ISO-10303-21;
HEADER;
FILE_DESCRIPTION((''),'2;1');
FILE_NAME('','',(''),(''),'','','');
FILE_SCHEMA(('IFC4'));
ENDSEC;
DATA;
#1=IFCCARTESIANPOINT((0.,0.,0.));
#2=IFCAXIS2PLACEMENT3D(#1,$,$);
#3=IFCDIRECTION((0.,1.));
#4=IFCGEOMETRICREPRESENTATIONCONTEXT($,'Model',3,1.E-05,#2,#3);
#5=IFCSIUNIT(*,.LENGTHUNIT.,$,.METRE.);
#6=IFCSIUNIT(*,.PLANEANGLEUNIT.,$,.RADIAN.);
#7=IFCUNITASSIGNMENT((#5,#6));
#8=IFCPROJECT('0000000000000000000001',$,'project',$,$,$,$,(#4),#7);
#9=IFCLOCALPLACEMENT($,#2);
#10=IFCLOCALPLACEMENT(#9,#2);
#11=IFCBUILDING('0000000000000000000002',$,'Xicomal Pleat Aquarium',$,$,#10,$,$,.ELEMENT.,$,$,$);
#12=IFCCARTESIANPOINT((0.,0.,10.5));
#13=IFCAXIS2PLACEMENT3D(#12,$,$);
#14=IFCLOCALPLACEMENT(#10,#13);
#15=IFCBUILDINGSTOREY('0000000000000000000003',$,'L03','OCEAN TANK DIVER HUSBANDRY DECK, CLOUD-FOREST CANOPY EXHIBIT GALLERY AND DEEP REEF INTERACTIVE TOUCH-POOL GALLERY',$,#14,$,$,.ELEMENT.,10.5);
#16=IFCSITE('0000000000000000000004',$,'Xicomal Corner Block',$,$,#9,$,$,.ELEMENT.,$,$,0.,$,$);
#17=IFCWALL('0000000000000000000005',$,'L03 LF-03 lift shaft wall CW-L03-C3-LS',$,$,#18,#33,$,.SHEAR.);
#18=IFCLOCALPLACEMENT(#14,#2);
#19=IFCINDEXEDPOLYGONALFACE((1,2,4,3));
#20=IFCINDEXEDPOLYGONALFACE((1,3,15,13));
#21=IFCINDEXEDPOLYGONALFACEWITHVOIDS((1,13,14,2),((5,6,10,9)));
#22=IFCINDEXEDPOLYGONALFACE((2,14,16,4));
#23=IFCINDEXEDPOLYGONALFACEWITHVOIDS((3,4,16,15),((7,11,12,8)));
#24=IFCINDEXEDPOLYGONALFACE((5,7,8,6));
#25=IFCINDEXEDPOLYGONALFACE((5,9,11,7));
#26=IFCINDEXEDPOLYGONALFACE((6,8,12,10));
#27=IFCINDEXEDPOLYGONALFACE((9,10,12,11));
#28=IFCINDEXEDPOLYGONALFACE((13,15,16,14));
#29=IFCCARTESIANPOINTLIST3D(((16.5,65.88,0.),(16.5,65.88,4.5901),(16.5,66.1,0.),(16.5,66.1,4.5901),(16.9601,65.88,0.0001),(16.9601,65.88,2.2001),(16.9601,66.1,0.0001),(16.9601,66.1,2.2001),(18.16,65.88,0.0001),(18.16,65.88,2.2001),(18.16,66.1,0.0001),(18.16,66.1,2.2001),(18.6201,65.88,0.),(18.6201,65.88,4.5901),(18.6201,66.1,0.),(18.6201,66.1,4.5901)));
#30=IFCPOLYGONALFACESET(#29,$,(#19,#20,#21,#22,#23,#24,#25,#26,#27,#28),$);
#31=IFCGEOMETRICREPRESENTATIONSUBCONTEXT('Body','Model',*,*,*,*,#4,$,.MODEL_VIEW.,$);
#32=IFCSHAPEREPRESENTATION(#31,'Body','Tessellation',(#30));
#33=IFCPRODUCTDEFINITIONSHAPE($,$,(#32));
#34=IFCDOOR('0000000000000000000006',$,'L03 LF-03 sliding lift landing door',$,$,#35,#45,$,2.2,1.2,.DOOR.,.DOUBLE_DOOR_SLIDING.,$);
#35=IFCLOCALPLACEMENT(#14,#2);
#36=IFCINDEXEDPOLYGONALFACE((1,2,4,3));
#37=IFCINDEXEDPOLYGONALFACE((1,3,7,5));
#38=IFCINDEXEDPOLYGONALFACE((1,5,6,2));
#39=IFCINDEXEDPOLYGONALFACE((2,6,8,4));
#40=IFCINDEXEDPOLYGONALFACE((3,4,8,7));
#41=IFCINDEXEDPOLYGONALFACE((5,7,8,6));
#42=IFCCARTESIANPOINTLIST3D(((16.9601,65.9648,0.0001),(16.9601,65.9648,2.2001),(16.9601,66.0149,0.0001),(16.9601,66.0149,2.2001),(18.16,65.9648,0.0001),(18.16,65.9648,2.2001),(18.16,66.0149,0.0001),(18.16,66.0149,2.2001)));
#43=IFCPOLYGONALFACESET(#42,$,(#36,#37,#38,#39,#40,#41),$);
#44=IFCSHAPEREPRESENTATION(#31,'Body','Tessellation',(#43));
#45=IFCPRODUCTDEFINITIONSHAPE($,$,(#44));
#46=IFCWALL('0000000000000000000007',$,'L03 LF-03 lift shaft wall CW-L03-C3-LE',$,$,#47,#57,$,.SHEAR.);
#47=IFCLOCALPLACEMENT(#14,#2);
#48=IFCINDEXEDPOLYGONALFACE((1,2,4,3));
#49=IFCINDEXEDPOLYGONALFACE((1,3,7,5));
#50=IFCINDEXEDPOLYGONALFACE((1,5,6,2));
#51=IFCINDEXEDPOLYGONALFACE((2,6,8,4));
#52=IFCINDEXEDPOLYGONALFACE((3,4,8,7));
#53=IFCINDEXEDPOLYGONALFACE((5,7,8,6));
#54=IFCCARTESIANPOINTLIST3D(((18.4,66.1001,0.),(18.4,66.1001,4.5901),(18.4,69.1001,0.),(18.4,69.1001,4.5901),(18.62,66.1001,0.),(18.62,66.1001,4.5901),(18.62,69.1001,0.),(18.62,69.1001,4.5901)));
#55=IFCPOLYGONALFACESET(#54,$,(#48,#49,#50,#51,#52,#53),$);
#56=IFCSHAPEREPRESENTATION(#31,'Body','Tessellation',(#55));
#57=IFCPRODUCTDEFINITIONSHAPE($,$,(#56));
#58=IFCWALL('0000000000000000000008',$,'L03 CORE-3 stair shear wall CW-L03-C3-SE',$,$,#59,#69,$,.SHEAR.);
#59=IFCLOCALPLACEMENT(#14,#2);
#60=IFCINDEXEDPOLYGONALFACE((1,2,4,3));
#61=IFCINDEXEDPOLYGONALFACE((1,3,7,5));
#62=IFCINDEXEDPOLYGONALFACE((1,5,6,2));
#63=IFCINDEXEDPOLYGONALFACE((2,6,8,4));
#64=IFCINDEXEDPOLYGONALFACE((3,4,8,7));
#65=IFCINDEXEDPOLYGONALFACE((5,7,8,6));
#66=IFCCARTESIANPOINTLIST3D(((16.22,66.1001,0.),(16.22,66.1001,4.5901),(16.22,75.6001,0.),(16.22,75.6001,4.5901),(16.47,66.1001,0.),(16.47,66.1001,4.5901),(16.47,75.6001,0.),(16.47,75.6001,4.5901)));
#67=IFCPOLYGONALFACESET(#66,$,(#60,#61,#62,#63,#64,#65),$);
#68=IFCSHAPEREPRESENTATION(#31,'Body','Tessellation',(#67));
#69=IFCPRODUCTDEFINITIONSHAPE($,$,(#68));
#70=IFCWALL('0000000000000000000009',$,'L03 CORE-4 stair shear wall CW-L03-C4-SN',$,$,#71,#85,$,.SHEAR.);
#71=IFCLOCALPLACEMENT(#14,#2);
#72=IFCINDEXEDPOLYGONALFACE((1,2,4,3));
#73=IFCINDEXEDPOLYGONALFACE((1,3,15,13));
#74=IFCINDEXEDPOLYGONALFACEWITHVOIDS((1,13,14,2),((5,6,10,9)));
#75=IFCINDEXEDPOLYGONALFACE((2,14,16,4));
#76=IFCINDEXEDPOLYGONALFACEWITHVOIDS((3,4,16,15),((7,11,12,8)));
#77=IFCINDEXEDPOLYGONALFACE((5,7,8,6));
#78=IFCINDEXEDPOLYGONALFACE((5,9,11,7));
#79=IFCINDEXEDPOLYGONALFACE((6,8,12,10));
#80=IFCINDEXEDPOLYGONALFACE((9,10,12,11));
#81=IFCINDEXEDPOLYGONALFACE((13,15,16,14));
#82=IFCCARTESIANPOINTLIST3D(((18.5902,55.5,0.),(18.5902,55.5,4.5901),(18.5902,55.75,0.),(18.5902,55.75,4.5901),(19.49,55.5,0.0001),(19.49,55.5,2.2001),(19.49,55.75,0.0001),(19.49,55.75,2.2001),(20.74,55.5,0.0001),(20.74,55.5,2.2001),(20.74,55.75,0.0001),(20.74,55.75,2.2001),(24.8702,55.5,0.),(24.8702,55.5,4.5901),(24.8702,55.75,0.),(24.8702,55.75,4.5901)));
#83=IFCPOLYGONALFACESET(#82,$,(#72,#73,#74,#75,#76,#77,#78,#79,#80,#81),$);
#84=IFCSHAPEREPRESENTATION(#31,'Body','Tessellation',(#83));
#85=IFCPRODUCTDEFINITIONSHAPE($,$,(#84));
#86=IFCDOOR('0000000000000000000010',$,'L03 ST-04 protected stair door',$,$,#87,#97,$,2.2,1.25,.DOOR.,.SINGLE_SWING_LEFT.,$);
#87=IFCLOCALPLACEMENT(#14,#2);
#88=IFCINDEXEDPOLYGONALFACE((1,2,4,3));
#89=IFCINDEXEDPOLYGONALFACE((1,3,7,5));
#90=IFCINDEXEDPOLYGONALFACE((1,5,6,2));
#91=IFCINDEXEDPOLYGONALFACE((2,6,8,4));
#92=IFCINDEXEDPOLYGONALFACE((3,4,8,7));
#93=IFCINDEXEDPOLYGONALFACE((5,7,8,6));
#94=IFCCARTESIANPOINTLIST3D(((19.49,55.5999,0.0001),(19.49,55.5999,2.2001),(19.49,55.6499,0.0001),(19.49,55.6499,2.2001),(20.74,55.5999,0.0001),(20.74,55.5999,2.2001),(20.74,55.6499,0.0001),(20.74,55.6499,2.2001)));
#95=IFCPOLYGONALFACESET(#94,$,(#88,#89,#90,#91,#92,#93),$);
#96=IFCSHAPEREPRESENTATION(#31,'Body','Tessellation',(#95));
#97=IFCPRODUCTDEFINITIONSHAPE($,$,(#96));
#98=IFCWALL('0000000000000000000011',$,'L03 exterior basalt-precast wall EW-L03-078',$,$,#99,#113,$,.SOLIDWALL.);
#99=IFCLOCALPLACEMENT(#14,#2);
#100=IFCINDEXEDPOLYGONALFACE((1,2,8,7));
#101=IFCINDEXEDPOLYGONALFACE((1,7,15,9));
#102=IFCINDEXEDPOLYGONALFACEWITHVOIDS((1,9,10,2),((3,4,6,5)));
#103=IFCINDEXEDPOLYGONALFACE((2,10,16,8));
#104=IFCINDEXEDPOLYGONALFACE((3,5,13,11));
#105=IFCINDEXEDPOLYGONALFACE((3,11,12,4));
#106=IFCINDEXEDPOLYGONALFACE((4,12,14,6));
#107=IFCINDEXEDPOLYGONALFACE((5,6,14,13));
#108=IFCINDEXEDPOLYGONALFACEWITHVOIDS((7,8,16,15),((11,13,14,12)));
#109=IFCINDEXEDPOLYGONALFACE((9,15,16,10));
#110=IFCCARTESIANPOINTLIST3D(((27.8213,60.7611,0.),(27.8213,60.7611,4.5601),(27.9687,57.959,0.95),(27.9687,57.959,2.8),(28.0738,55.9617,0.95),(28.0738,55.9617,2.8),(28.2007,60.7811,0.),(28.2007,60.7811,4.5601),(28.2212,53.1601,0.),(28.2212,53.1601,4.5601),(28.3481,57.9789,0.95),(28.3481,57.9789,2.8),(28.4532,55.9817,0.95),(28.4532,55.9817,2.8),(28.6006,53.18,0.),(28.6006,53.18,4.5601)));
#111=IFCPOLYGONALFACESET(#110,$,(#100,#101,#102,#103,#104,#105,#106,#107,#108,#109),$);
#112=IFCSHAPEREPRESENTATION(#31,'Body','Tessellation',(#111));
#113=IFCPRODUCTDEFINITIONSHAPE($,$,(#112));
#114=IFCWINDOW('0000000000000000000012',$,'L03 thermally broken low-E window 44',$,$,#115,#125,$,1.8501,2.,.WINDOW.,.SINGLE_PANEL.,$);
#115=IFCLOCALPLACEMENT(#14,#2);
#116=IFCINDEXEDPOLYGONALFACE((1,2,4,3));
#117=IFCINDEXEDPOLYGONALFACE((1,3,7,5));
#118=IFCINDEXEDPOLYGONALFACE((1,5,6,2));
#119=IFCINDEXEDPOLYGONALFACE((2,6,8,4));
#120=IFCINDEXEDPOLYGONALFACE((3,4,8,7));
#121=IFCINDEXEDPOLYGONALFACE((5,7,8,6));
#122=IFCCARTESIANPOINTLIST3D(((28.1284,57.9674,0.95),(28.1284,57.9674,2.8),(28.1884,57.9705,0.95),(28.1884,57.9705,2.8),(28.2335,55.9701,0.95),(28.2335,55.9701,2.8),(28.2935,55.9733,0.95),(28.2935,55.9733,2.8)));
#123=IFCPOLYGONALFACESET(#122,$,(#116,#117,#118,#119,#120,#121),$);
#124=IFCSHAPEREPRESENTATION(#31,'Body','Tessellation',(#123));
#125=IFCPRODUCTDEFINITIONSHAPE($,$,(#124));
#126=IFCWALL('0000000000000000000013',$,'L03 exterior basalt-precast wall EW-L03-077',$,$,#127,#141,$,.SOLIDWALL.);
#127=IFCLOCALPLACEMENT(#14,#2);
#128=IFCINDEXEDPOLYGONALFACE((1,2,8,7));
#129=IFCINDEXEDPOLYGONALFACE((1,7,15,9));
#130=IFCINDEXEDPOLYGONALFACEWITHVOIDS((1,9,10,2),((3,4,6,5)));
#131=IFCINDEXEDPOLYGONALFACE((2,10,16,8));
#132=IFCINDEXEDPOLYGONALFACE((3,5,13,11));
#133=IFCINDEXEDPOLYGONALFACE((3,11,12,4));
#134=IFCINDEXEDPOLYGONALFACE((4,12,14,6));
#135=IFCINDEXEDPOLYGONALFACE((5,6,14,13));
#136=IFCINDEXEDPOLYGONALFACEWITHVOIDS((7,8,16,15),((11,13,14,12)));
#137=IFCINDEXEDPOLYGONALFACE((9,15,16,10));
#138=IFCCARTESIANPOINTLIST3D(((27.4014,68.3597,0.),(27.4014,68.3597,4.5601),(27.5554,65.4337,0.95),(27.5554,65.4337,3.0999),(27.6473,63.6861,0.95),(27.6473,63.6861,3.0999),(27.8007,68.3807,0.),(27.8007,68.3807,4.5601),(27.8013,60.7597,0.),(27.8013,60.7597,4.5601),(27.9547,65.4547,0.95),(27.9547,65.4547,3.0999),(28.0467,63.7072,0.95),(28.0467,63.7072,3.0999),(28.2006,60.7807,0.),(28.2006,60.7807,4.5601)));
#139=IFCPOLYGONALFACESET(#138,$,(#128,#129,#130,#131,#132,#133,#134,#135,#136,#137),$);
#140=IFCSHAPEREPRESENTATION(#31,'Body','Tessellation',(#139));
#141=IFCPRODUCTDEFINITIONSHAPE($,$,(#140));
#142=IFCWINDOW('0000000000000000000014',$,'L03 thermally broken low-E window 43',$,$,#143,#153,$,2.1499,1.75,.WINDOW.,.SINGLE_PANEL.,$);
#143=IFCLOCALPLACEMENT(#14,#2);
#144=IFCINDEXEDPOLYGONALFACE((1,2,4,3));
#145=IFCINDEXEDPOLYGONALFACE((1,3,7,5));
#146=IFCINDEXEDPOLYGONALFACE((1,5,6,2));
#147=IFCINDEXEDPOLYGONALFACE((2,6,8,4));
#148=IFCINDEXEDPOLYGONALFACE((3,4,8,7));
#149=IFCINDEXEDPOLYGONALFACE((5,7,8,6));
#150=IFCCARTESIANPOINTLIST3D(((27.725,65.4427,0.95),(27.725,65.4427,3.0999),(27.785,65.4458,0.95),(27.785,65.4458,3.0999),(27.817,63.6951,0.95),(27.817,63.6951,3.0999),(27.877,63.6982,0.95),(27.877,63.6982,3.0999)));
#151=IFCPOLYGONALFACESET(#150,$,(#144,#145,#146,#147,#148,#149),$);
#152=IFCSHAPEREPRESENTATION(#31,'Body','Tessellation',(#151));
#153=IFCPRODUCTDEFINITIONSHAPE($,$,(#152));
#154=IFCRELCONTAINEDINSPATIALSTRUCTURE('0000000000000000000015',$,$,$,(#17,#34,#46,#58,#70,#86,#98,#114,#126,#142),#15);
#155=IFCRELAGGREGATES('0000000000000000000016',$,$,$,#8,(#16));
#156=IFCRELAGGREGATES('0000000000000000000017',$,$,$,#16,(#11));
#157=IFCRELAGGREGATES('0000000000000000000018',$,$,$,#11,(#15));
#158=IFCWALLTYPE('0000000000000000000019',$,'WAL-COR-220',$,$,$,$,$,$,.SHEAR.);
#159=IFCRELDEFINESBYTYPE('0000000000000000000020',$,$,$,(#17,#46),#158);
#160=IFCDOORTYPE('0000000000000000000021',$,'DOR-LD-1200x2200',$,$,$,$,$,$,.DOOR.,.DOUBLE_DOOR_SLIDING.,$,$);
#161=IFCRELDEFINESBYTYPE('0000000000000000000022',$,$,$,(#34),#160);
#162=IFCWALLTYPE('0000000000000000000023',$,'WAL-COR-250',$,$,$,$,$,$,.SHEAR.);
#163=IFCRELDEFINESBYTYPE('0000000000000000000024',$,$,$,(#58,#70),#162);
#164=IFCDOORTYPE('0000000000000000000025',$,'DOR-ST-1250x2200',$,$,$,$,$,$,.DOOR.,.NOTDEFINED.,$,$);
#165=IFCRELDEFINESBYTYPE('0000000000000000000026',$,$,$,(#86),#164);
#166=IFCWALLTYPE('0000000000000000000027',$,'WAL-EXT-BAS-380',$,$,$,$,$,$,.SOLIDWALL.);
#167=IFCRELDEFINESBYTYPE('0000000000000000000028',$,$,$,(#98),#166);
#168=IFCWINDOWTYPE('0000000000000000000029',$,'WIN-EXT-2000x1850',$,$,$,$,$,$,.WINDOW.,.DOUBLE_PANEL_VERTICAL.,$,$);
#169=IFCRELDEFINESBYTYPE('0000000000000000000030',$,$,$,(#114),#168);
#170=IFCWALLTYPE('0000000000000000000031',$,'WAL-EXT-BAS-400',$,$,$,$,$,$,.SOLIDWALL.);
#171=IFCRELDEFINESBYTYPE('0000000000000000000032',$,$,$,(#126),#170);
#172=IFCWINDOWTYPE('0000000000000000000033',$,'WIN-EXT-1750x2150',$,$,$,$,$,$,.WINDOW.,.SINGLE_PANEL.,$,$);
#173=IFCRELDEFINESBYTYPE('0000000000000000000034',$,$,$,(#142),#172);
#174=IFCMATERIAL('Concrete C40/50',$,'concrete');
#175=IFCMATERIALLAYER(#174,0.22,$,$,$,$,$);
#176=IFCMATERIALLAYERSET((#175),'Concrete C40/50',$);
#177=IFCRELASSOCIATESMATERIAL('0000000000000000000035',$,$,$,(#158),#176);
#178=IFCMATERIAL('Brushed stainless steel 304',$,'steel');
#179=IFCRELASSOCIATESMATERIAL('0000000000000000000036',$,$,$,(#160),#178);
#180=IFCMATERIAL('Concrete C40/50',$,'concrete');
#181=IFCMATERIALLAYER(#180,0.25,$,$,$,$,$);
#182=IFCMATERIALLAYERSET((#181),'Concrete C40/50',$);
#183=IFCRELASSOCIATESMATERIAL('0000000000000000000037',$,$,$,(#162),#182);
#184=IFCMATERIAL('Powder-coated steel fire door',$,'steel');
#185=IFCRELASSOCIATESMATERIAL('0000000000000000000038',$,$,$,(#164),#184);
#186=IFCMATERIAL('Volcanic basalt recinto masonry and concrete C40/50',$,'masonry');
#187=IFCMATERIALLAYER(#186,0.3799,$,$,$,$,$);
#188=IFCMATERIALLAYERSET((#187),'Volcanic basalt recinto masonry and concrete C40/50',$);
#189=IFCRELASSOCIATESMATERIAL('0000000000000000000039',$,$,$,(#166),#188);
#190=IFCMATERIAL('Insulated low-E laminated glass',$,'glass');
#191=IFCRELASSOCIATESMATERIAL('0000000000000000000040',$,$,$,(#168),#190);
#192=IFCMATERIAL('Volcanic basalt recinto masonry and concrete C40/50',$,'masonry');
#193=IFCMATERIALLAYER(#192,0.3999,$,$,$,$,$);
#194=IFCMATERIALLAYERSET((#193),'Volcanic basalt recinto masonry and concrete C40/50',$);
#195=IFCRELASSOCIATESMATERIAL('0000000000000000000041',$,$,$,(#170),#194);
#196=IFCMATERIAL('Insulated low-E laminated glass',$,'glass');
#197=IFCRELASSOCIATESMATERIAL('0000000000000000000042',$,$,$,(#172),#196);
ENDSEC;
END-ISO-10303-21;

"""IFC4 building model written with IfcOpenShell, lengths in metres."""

from ifc_helpers import new_model, si_unit, direction, frame, frame_2d, origin, place, context, subcontext, project, spatial, rectangle, extrude, material, layer, layer_set, type_object, element, fill, save


model = new_model("IFC4")

# Units and contexts
model_context = context("Model", 3, precision=1e-05, world=origin(), true_north=direction((0.0, 1.0)))
body_context = subcontext(model_context, "Body", "Model", "MODEL_VIEW")
ifc_project = project(units=[si_unit("LENGTHUNIT", "METRE"), si_unit("PLANEANGLEUNIT", "RADIAN")], contexts=[model_context])

# Site, building, storey
site_placement = place(None, origin())
site = spatial("IfcSite", under=ifc_project, at=site_placement, Name="Xicomal Corner Block", CompositionType="ELEMENT", RefElevation=0.0)
building_placement = place(site_placement, origin())
building = spatial("IfcBuilding", under=site, at=building_placement, Name="Xicomal Pleat Aquarium", CompositionType="ELEMENT")
storey_placement = place(building_placement, frame((0.0, 0.0, 10.5)))
storey = spatial("IfcBuildingStorey", under=building, at=storey_placement, Name="L03", Description="OCEAN TANK DIVER HUSBANDRY DECK, CLOUD-FOREST CANOPY EXHIBIT GALLERY AND DEEP REEF INTERACTIVE TOUCH-POOL GALLERY", CompositionType="ELEMENT", Elevation=10.5)

# Wall, opening, door
ifc_material_1 = material(Name="Concrete C40/50", Category="concrete")
ifc_layer_1 = layer(ifc_material_1, 0.22)
ifc_layer_set_1 = layer_set([ifc_layer_1], Name="Concrete C40/50")
wall_type_1 = type_object("IfcWallType", Name="WAL-COR-220", PredefinedType="SHEAR", material=ifc_layer_set_1)
wall_1_placement = place(storey_placement, frame((16.5, 65.99, 0.0), z_axis=(0.0, 0.0, 1.0), x_axis=(1.0, 0.0, 0.0)))
wall_1 = element("IfcWall", 1, at=wall_1_placement, inside=storey, type_object=wall_type_1, Name="L03 LF-03 lift shaft wall CW-L03-C3-LS", PredefinedType="SHEAR", context=body_context, shape_type="SweptSolid", body=[
    extrude(rectangle(XDim=2.1201, YDim=0.22, at=frame_2d((1.0601, 0.0))), origin(), (0.0, 0.0, 1.0), 4.5901),
])
opening_1_placement = place(wall_1_placement, frame((0.46, 0.0, 0.0)))
opening_1 = element("IfcOpeningElement", 2, at=opening_1_placement, cuts=wall_1, PredefinedType="OPENING", context=body_context, shape_type="SweptSolid", body=[
    extrude(rectangle(XDim=1.2, YDim=2.2, at=frame_2d((0.6001, 1.1001))), frame((0.0, 0.1199, 0.0), z_axis=(0.0, -1.0, 0.0), x_axis=(1.0, 0.0, 0.0)), (0.0, 0.0, 1.0), 0.24),
])
ifc_material_2 = material(Name="Brushed stainless steel 304", Category="steel")
door_type_1 = type_object("IfcDoorType", Name="DOR-LD-1200x2200", OperationType="DOUBLE_DOOR_SLIDING", PredefinedType="DOOR", material=ifc_material_2)
door_1_placement = place(opening_1_placement, origin())
door_1 = element("IfcDoor", 3, at=door_1_placement, inside=storey, type_object=door_type_1, Name="L03 LF-03 sliding lift landing door", OperationType="DOUBLE_DOOR_SLIDING", OverallHeight=2.2, OverallWidth=1.2, PredefinedType="DOOR", context=body_context, shape_type="SweptSolid", body=[
    extrude(rectangle(XDim=1.2, YDim=2.2, at=frame_2d((0.6001, 1.1001))), frame((0.0, 0.0249, 0.0), z_axis=(0.0, -1.0, 0.0), x_axis=(1.0, 0.0, 0.0)), (0.0, 0.0, 1.0), 0.05),
])
fill(opening_1, door_1)

# Wall
wall_2_placement = place(storey_placement, frame((18.51, 66.1001, 0.0), z_axis=(0.0, 0.0, 1.0), x_axis=(0.0, 1.0, 0.0)))
element("IfcWall", 4, at=wall_2_placement, inside=storey, type_object=wall_type_1, Name="L03 LF-03 lift shaft wall CW-L03-C3-LE", PredefinedType="SHEAR", context=body_context, shape_type="SweptSolid", body=[
    extrude(rectangle(XDim=3.0, YDim=0.22, at=frame_2d((1.5, 0.0))), origin(), (0.0, 0.0, 1.0), 4.5901),
])

# Wall
ifc_material_3 = material(Name="Concrete C40/50", Category="concrete")
ifc_layer_2 = layer(ifc_material_3, 0.25)
ifc_layer_set_2 = layer_set([ifc_layer_2], Name="Concrete C40/50")
wall_type_2 = type_object("IfcWallType", Name="WAL-COR-250", PredefinedType="SHEAR", material=ifc_layer_set_2)
wall_3_placement = place(storey_placement, frame((16.345, 66.1001, 0.0), z_axis=(0.0, 0.0, 1.0), x_axis=(0.0, 1.0, 0.0)))
element("IfcWall", 5, at=wall_3_placement, inside=storey, type_object=wall_type_2, Name="L03 CORE-3 stair shear wall CW-L03-C3-SE", PredefinedType="SHEAR", context=body_context, shape_type="SweptSolid", body=[
    extrude(rectangle(XDim=9.5, YDim=0.25, at=frame_2d((4.75, 0.0))), origin(), (0.0, 0.0, 1.0), 4.5901),
])

# Wall, opening, door
wall_4_placement = place(storey_placement, frame((18.5901, 55.625, 0.0), z_axis=(0.0, 0.0, 1.0), x_axis=(1.0, 0.0, 0.0)))
wall_4 = element("IfcWall", 6, at=wall_4_placement, inside=storey, type_object=wall_type_2, Name="L03 CORE-4 stair shear wall CW-L03-C4-SN", PredefinedType="SHEAR", context=body_context, shape_type="SweptSolid", body=[
    extrude(rectangle(XDim=6.28, YDim=0.25, at=frame_2d((3.1401, 0.0))), origin(), (0.0, 0.0, 1.0), 4.5901),
])
opening_2_placement = place(wall_4_placement, frame((0.8999, 0.0, 0.0)))
opening_2 = element("IfcOpeningElement", 7, at=opening_2_placement, cuts=wall_4, PredefinedType="OPENING", context=body_context, shape_type="SweptSolid", body=[
    extrude(rectangle(XDim=1.25, YDim=2.2, at=frame_2d((0.625, 1.1001))), frame((0.0, 0.135, 0.0), z_axis=(0.0, -1.0, 0.0), x_axis=(1.0, 0.0, 0.0)), (0.0, 0.0, 1.0), 0.27),
])
ifc_material_4 = material(Name="Powder-coated steel fire door", Category="steel")
door_type_2 = type_object("IfcDoorType", Name="DOR-ST-1250x2200", OperationType="NOTDEFINED", PredefinedType="DOOR", material=ifc_material_4)
door_2_placement = place(opening_2_placement, origin())
door_2 = element("IfcDoor", 8, at=door_2_placement, inside=storey, type_object=door_type_2, Name="L03 ST-04 protected stair door", OperationType="SINGLE_SWING_LEFT", OverallHeight=2.2, OverallWidth=1.25, PredefinedType="DOOR", context=body_context, shape_type="SweptSolid", body=[
    extrude(rectangle(XDim=1.25, YDim=2.2, at=frame_2d((0.625, 1.1001))), frame((0.0, 0.0249, 0.0), z_axis=(0.0, -1.0, 0.0), x_axis=(1.0, 0.0, 0.0)), (0.0, 0.0, 1.0), 0.05),
])
fill(opening_2, door_2)

# Walls, openings, windows
ifc_material_5 = material(Name="Volcanic basalt recinto masonry and concrete C40/50", Category="masonry")
ifc_layer_3 = layer(ifc_material_5, 0.3799)
ifc_layer_set_3 = layer_set([ifc_layer_3], Name="Volcanic basalt recinto masonry and concrete C40/50")
wall_type_3 = type_object("IfcWallType", Name="WAL-EXT-BAS-380", PredefinedType="SOLIDWALL", material=ifc_layer_set_3)
wall_5_placement = place(storey_placement, frame((28.011, 60.771, 0.0), z_axis=(0.0, 0.0, 1.0), x_axis=(0.052539, -0.998619, 0.0)))
wall_5 = element("IfcWall", 9, at=wall_5_placement, inside=storey, type_object=wall_type_3, Name="L03 exterior basalt-precast wall EW-L03-078", PredefinedType="SOLIDWALL", context=body_context, shape_type="SweptSolid", body=[
    extrude(rectangle(XDim=7.6116, YDim=0.3799, at=frame_2d((3.8057, 0.0))), origin(), (0.0, 0.0, 1.0), 4.5601),
])
opening_3_placement = place(wall_5_placement, frame((2.8059, 0.0, 0.95)))
opening_3 = element("IfcOpeningElement", 10, at=opening_3_placement, cuts=wall_5, PredefinedType="OPENING", context=body_context, shape_type="SweptSolid", body=[
    extrude(rectangle(XDim=2.0, YDim=1.8501, at=frame_2d((1.0, 0.925))), frame((0.0, 0.2, 0.0), z_axis=(0.0, -1.0, 0.0), x_axis=(1.0, 0.0, 0.0)), (0.0, 0.0, 1.0), 0.3999),
])
ifc_material_6 = material(Name="Insulated low-E laminated glass", Category="glass")
window_type_1 = type_object("IfcWindowType", Name="WIN-EXT-2000x1850", PartitioningType="DOUBLE_PANEL_VERTICAL", PredefinedType="WINDOW", material=ifc_material_6)
window_1_placement = place(opening_3_placement, origin())
window_1 = element("IfcWindow", 11, at=window_1_placement, inside=storey, type_object=window_type_1, Name="L03 thermally broken low-E window 44", OverallHeight=1.8501, OverallWidth=2.0, PartitioningType="SINGLE_PANEL", PredefinedType="WINDOW", context=body_context, shape_type="SweptSolid", body=[
    extrude(rectangle(XDim=2.0, YDim=1.8501, at=frame_2d((1.0, 0.925))), frame((0.0, 0.03, 0.0), z_axis=(0.0, -1.0, 0.0), x_axis=(1.0, 0.0, 0.0)), (0.0, 0.0, 1.0), 0.0601),
])
fill(opening_3, window_1)
ifc_material_7 = material(Name="Volcanic basalt recinto masonry and concrete C40/50", Category="masonry")
ifc_layer_4 = layer(ifc_material_7, 0.3999)
ifc_layer_set_4 = layer_set([ifc_layer_4], Name="Volcanic basalt recinto masonry and concrete C40/50")
wall_type_4 = type_object("IfcWallType", Name="WAL-EXT-BAS-400", PredefinedType="SOLIDWALL", material=ifc_layer_set_4)
wall_6_placement = place(storey_placement, frame((27.6011, 68.3701, 0.0), z_axis=(0.0, 0.0, 1.0), x_axis=(0.052545, -0.998619, 0.0)))
wall_6 = element("IfcWall", 12, at=wall_6_placement, inside=storey, type_object=wall_type_4, Name="L03 exterior basalt-precast wall EW-L03-077", PredefinedType="SOLIDWALL", context=body_context, shape_type="SweptSolid", body=[
    extrude(rectangle(XDim=7.6106, YDim=0.3999, at=frame_2d((3.8052, 0.0))), origin(), (0.0, 0.0, 1.0), 4.5601),
])
opening_4_placement = place(wall_6_placement, frame((2.9299, 0.0, 0.95)))
opening_4 = element("IfcOpeningElement", 13, at=opening_4_placement, cuts=wall_6, PredefinedType="OPENING", context=body_context, shape_type="SweptSolid", body=[
    extrude(rectangle(XDim=1.75, YDim=2.1499, at=frame_2d((0.875, 1.075))), frame((0.0, 0.21, 0.0), z_axis=(0.0, -1.0, 0.0), x_axis=(1.0, 0.0, 0.0)), (0.0, 0.0, 1.0), 0.4199),
])
ifc_material_8 = material(Name="Insulated low-E laminated glass", Category="glass")
window_type_2 = type_object("IfcWindowType", Name="WIN-EXT-1750x2150", PartitioningType="SINGLE_PANEL", PredefinedType="WINDOW", material=ifc_material_8)
window_2_placement = place(opening_4_placement, origin())
window_2 = element("IfcWindow", 14, at=window_2_placement, inside=storey, type_object=window_type_2, Name="L03 thermally broken low-E window 43", OverallHeight=2.1499, OverallWidth=1.75, PartitioningType="SINGLE_PANEL", PredefinedType="WINDOW", context=body_context, shape_type="SweptSolid", body=[
    extrude(rectangle(XDim=1.75, YDim=2.1499, at=frame_2d((0.875, 1.075))), frame((0.0, 0.03, 0.0), z_axis=(0.0, -1.0, 0.0), x_axis=(1.0, 0.0, 0.0)), (0.0, 0.0, 1.0), 0.0601),
])
fill(opening_4, window_2)

save(model, "model.ifc")
